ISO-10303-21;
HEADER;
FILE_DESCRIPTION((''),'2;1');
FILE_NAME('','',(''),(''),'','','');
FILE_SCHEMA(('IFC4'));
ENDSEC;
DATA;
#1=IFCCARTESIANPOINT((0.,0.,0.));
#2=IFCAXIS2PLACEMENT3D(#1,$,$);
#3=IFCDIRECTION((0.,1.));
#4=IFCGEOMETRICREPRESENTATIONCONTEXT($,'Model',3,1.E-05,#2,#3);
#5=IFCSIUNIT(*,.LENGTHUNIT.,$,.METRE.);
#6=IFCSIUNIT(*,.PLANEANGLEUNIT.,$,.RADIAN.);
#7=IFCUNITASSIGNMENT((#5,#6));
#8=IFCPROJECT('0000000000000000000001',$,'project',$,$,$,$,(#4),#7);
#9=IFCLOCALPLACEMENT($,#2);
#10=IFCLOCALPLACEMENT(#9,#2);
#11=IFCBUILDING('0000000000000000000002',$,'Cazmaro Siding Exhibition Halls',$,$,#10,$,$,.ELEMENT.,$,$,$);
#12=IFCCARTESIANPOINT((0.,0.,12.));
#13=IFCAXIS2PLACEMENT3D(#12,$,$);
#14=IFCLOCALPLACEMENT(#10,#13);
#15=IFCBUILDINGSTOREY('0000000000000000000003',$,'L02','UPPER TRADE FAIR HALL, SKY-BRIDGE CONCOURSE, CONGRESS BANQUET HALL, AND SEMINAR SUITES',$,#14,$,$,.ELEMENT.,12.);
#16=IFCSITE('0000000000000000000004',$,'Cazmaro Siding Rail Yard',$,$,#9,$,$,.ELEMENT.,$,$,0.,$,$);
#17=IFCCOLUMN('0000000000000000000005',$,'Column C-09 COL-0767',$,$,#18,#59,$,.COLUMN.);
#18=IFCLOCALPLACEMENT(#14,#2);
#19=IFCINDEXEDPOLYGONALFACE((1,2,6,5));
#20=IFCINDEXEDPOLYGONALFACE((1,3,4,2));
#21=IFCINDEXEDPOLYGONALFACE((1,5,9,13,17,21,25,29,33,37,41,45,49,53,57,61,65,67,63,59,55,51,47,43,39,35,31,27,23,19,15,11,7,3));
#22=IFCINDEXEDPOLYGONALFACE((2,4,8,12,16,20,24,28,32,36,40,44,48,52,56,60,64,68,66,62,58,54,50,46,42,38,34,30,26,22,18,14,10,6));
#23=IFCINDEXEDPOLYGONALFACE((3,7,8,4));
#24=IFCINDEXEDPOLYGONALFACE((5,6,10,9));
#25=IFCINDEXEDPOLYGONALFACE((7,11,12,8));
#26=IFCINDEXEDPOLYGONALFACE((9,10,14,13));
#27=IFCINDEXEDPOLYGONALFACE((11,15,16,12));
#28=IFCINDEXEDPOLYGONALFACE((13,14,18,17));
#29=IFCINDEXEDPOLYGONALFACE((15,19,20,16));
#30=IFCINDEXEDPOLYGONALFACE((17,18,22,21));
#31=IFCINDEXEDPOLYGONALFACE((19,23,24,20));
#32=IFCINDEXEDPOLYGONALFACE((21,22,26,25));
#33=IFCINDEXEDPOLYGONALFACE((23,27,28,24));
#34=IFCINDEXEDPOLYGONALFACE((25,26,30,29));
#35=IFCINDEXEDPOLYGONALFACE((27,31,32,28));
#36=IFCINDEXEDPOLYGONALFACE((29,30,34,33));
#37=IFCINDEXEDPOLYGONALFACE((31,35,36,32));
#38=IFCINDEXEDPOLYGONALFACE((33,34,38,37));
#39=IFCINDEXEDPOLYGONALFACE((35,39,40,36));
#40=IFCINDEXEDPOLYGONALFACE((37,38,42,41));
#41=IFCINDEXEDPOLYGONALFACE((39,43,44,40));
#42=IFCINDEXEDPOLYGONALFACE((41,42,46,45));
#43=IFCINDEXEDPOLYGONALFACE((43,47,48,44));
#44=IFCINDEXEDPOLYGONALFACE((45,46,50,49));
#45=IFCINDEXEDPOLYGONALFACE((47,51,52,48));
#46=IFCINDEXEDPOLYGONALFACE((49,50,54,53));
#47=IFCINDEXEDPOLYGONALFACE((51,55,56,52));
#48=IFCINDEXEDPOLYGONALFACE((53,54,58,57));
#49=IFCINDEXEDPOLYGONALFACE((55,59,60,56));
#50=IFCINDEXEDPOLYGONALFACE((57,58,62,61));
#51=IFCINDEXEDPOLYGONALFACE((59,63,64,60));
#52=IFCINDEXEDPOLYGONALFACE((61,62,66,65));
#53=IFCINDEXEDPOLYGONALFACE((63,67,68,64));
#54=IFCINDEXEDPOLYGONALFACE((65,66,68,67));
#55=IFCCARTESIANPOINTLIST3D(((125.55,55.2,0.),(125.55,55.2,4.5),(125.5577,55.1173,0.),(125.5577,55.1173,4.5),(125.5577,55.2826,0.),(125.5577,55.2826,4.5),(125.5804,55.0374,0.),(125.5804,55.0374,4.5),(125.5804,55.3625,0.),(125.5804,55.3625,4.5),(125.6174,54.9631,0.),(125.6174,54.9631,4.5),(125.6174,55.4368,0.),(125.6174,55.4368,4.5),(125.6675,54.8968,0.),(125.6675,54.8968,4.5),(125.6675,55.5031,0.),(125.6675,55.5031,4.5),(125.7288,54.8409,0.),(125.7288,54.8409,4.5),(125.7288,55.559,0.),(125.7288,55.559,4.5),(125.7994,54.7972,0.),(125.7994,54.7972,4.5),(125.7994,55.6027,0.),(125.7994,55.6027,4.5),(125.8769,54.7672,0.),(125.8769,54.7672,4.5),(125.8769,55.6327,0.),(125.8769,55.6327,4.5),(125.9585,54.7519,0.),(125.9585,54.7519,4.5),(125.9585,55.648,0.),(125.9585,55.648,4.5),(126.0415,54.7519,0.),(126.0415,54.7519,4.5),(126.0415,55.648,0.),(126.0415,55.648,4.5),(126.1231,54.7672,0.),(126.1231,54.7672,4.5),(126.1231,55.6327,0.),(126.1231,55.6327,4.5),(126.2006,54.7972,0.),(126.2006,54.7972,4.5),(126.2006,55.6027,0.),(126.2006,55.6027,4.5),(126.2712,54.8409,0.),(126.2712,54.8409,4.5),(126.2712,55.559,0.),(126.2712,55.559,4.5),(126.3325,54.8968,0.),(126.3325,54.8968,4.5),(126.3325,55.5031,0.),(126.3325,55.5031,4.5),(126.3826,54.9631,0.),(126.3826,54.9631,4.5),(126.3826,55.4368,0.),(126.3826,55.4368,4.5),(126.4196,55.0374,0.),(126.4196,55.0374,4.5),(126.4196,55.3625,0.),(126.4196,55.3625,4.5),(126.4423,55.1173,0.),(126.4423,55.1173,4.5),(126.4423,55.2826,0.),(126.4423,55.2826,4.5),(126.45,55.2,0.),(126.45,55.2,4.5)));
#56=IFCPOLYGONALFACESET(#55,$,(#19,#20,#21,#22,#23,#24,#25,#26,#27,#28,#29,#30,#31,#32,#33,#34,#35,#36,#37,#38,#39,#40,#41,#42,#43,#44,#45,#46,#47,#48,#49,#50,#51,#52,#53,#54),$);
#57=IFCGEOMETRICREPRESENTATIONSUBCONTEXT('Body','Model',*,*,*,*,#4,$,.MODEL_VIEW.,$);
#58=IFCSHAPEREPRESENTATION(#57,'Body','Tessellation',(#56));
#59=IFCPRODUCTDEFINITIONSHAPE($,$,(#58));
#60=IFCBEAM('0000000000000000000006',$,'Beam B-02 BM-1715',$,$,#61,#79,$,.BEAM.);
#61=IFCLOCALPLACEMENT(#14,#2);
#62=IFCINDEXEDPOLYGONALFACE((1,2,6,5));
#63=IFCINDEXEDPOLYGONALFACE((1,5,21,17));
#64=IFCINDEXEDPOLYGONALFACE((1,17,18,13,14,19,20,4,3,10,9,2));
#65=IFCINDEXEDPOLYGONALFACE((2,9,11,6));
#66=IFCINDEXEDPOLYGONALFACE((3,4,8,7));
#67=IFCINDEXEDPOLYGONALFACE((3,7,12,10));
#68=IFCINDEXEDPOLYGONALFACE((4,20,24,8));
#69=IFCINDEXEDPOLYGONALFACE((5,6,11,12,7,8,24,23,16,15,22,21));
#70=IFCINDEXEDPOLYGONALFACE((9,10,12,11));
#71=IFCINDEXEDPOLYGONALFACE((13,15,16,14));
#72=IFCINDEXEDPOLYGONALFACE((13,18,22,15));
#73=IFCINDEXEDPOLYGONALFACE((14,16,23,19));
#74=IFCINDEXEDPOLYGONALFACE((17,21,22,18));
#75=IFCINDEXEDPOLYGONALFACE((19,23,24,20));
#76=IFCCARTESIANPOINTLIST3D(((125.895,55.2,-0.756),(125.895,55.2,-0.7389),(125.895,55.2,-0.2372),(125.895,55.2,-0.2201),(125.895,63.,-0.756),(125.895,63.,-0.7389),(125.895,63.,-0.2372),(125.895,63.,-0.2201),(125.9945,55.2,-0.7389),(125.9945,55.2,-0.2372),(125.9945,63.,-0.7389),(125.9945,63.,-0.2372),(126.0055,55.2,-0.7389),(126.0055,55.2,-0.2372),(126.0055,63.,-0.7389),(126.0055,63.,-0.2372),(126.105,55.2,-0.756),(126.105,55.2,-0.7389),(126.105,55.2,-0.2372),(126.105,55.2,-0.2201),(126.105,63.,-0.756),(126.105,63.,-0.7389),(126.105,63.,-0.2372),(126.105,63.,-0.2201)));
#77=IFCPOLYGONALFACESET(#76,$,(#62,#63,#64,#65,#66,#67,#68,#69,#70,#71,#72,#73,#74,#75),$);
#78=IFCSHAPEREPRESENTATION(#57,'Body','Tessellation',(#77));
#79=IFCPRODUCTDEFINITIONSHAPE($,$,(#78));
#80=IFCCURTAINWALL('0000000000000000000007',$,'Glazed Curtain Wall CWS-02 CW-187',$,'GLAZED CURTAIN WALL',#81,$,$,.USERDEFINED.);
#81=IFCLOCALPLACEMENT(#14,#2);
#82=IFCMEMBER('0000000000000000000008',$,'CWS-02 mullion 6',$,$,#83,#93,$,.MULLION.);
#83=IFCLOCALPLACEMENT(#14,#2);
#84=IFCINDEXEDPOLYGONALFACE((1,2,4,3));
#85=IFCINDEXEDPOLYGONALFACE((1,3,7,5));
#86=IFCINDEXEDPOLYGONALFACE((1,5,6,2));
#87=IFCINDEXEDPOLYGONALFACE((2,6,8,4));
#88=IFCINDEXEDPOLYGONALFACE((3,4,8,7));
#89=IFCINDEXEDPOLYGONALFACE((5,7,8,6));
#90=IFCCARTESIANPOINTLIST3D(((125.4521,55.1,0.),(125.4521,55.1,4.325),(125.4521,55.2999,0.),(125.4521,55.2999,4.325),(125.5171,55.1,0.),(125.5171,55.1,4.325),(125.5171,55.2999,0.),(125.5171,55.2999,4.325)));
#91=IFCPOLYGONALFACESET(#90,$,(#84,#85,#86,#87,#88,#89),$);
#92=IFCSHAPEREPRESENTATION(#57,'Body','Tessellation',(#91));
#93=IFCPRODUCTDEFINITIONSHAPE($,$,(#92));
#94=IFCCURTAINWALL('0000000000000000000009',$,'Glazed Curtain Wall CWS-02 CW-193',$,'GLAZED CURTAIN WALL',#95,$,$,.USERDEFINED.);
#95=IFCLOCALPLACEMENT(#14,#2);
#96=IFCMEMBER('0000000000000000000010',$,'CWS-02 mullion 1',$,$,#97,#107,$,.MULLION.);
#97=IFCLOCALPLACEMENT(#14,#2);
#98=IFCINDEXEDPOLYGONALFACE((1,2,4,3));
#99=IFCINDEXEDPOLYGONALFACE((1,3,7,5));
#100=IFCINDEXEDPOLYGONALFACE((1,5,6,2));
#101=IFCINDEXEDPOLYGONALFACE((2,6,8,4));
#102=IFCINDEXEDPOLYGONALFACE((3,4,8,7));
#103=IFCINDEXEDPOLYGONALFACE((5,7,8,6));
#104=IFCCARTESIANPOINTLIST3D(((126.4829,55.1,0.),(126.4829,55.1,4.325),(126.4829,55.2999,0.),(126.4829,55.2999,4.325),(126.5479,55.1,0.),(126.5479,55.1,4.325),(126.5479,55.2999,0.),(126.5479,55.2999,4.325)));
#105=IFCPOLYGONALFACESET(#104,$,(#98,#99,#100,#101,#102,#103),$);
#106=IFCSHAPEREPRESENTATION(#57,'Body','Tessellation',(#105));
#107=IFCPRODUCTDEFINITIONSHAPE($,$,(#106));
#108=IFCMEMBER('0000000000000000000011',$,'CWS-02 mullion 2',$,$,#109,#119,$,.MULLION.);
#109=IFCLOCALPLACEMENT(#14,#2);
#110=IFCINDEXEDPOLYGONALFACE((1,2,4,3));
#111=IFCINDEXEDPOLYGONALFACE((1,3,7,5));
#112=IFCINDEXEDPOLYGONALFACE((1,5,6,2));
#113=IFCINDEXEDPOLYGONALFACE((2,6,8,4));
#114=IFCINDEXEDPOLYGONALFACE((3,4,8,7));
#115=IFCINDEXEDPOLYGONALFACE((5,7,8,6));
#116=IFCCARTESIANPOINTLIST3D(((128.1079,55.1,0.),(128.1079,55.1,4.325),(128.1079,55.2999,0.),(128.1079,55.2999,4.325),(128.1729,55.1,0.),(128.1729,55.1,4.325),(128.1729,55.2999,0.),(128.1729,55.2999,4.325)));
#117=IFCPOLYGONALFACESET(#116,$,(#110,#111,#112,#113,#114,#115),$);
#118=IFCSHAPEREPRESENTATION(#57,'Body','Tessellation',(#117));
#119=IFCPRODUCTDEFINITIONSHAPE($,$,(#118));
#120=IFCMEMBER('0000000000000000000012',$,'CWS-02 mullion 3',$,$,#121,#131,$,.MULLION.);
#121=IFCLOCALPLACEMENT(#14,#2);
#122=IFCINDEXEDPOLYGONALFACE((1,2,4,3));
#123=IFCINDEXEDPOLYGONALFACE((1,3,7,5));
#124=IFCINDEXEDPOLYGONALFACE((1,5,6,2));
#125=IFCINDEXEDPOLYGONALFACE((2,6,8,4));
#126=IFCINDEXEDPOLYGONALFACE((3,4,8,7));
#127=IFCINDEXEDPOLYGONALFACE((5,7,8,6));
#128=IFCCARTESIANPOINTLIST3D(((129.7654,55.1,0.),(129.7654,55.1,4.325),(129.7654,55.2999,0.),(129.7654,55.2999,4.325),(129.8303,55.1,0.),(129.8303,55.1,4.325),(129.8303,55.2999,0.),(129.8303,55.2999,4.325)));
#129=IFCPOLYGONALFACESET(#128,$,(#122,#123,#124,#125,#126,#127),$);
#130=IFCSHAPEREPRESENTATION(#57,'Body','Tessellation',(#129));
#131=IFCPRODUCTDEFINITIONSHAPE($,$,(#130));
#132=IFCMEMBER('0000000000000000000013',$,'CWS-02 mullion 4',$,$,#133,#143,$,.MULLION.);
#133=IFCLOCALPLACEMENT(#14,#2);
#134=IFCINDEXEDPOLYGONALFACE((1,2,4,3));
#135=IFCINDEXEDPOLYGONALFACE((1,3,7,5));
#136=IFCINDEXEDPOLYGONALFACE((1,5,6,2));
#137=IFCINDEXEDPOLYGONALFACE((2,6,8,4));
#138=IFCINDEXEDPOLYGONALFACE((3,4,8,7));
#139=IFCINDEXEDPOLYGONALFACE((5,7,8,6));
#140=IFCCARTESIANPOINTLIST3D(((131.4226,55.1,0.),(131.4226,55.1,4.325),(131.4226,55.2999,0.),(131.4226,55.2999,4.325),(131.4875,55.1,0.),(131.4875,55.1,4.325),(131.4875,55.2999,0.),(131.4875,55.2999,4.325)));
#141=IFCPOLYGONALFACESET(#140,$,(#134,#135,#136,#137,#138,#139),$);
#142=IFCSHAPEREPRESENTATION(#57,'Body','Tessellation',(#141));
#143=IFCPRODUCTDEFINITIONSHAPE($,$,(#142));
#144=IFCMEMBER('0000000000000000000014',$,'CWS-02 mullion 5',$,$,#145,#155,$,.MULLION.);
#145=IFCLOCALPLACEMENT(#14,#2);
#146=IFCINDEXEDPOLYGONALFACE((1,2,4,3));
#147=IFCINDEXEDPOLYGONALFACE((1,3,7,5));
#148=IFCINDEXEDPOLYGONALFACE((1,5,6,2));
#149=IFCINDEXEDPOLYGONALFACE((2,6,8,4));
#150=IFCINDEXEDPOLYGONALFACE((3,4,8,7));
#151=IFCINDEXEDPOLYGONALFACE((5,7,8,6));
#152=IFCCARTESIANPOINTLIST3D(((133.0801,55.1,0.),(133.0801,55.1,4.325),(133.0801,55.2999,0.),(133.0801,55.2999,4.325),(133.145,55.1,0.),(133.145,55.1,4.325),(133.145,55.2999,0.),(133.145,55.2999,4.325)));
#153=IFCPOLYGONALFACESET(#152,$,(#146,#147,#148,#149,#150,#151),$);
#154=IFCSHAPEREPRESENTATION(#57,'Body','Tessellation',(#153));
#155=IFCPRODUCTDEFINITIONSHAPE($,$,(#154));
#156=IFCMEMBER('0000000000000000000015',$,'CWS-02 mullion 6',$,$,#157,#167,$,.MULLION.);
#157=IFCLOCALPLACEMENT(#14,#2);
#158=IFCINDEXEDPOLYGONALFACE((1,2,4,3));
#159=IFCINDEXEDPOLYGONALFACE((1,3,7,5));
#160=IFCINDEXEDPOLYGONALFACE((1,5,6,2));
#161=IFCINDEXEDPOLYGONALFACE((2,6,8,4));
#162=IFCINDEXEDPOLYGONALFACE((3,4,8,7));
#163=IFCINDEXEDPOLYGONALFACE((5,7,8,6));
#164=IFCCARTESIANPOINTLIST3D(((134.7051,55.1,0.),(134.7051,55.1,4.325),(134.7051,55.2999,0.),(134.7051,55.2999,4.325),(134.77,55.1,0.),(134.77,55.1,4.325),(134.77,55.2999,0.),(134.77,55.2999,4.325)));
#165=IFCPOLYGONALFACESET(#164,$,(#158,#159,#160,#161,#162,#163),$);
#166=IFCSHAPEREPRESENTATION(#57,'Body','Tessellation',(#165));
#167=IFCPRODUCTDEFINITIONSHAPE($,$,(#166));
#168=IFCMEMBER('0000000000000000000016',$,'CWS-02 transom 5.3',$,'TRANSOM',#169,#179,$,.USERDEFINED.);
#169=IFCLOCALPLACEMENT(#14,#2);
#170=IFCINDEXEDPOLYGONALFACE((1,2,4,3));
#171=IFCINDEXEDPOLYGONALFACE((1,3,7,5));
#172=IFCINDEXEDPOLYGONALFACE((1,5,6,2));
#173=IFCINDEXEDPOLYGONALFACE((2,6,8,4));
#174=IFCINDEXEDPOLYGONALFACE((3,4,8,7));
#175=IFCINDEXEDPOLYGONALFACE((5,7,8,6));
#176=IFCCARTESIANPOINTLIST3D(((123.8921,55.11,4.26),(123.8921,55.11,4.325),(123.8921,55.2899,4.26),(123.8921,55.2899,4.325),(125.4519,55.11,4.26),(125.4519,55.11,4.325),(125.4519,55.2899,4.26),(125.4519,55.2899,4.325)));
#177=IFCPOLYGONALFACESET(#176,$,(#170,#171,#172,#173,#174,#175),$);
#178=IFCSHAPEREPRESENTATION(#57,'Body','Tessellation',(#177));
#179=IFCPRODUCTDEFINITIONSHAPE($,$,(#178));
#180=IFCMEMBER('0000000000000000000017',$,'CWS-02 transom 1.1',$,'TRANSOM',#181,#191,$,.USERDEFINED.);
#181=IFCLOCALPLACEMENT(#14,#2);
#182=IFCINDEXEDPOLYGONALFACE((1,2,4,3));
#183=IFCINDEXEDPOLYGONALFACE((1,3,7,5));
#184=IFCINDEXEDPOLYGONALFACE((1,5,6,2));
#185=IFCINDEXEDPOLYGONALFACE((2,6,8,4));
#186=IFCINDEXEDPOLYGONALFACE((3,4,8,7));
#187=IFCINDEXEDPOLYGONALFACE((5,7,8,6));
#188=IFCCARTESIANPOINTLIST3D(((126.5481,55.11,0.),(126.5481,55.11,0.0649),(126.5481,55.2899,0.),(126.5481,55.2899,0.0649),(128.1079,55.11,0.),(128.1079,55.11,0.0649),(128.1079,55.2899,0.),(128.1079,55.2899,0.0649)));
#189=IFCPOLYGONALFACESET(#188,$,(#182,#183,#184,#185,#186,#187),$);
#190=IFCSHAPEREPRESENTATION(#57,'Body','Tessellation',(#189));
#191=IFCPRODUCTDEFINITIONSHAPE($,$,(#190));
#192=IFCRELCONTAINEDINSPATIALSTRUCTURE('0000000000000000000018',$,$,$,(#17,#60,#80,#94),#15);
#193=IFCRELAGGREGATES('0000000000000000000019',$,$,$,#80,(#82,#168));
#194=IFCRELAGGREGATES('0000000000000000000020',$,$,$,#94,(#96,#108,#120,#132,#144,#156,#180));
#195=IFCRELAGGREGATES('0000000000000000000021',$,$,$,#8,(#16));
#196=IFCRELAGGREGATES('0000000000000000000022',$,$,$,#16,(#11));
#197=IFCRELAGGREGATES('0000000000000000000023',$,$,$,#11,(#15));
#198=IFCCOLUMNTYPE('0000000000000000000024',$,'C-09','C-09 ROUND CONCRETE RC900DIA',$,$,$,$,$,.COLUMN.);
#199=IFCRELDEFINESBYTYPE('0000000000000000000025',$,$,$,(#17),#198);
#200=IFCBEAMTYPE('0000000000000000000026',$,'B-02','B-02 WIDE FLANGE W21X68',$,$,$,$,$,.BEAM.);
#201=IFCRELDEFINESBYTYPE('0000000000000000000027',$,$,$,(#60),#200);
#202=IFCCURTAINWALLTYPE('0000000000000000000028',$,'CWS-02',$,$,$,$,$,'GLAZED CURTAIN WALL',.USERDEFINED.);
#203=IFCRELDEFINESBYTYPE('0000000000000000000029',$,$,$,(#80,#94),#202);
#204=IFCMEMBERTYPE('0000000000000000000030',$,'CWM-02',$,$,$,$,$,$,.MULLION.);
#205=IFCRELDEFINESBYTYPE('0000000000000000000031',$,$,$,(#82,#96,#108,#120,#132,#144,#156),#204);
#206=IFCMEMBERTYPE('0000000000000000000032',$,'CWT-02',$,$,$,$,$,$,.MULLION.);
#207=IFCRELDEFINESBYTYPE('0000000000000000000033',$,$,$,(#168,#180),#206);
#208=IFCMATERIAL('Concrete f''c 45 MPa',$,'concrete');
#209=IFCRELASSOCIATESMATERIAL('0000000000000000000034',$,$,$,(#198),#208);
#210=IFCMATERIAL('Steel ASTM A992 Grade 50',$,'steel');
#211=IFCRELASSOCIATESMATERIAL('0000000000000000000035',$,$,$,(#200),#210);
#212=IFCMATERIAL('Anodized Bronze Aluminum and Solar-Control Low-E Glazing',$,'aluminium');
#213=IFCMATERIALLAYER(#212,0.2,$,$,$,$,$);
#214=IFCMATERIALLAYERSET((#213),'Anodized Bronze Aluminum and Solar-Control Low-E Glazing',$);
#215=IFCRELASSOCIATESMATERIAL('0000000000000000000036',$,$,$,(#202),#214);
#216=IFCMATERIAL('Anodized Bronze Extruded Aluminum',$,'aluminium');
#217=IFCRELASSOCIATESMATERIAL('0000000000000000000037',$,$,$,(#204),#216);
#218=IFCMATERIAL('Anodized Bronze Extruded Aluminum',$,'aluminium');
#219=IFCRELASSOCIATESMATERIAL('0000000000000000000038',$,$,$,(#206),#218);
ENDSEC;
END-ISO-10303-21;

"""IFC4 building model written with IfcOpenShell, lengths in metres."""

from ifc_helpers import new_model, si_unit, direction, frame, origin, origin_2d, place, context, subcontext, project, spatial, rectangle, circle, i_section, extrude, material, layer, layer_set, material_profile, profile_set, type_object, element, aggregate, save


model = new_model("IFC4")

# Units and contexts
model_context = context("Model", 3, precision=1e-05, world=origin(), true_north=direction((0.0, 1.0)))
body_context = subcontext(model_context, "Body", "Model", "MODEL_VIEW")
ifc_project = project(units=[si_unit("LENGTHUNIT", "METRE"), si_unit("PLANEANGLEUNIT", "RADIAN")], contexts=[model_context])

# Site, building, storey
site_placement = place(None, origin())
site = spatial("IfcSite", under=ifc_project, at=site_placement, Name="Cazmaro Siding Rail Yard", CompositionType="ELEMENT", RefElevation=0.0)
building_placement = place(site_placement, origin())
building = spatial("IfcBuilding", under=site, at=building_placement, Name="Cazmaro Siding Exhibition Halls", CompositionType="ELEMENT")
storey_placement = place(building_placement, frame((0.0, 0.0, 12.0)))
storey = spatial("IfcBuildingStorey", under=building, at=storey_placement, Name="L02", Description="UPPER TRADE FAIR HALL, SKY-BRIDGE CONCOURSE, CONGRESS BANQUET HALL, AND SEMINAR SUITES", CompositionType="ELEMENT", Elevation=12.0)

# Column
ifc_material_1 = material(Name="Concrete f'c 45 MPa", Category="concrete")
ifc_material_profile_1 = material_profile(ifc_material_1, circle(Radius=0.45, at=origin_2d()), Name="RC900DIA")
ifc_profile_set_1 = profile_set([ifc_material_profile_1], Name="Concrete f'c 45 MPa")
column_type = type_object("IfcColumnType", Name="C-09", Description="C-09 ROUND CONCRETE RC900DIA", PredefinedType="COLUMN", material=ifc_profile_set_1)
column_placement = place(storey_placement, frame((126.0, 55.2, 0.0), z_axis=(0.0, 0.0, 1.0), x_axis=(1.0, 0.0, 0.0)))
element("IfcColumn", 1, at=column_placement, inside=storey, type_object=column_type, Name="Column C-09 COL-0767", PredefinedType="COLUMN", context=body_context, shape_type="SweptSolid", body=[
    extrude(circle(Radius=0.45, at=origin_2d()), origin(), (0.0, 0.0, 1.0), 4.5),
])

# Beam
ifc_material_2 = material(Name="Steel ASTM A992 Grade 50", Category="steel")
ifc_material_profile_2 = material_profile(ifc_material_2, i_section(OverallWidth=0.21, OverallDepth=0.5359, WebThickness=0.011, FlangeThickness=0.0171, at=origin_2d()), Name="W21X68")
ifc_profile_set_2 = profile_set([ifc_material_profile_2], Name="Steel ASTM A992 Grade 50")
beam_type_1 = type_object("IfcBeamType", Name="B-02", Description="B-02 WIDE FLANGE W21X68", PredefinedType="BEAM", material=ifc_profile_set_2)
beam_1_placement = place(storey_placement, frame((126.0, 55.2, -0.488), z_axis=(0.0, 1.0, 0.0), x_axis=(-1.0, 0.0, 0.0)))
element("IfcBeam", 2, at=beam_1_placement, inside=storey, type_object=beam_type_1, Name="Beam B-02 BM-1715", PredefinedType="BEAM", context=body_context, shape_type="SweptSolid", body=[
    extrude(i_section(OverallWidth=0.21, OverallDepth=0.5359, WebThickness=0.011, FlangeThickness=0.0171, at=origin_2d()), origin(), (0.0, 0.0, 1.0), 7.8),
])

# Curtain wall, member
ifc_material_3 = material(Name="Anodized Bronze Aluminum and Solar-Control Low-E Glazing", Category="aluminium")
ifc_layer_1 = layer(ifc_material_3, 0.2)
ifc_layer_set_1 = layer_set([ifc_layer_1], Name="Anodized Bronze Aluminum and Solar-Control Low-E Glazing")
curtain_wall_type = type_object("IfcCurtainWallType", Name="CWS-02", ElementType="GLAZED CURTAIN WALL", PredefinedType="USERDEFINED", material=ifc_layer_set_1)
curtain_wall_1_placement = place(storey_placement, origin())
curtain_wall_1 = element("IfcCurtainWall", 3, at=curtain_wall_1_placement, inside=storey, type_object=curtain_wall_type, Name="Glazed Curtain Wall CWS-02 CW-187", ObjectType="GLAZED CURTAIN WALL", PredefinedType="USERDEFINED")
ifc_material_4 = material(Name="Anodized Bronze Extruded Aluminum", Category="aluminium")
ifc_material_profile_3 = material_profile(ifc_material_4, rectangle(XDim=0.2, YDim=0.0649, at=origin_2d()), Name="CWM-02")
ifc_profile_set_3 = profile_set([ifc_material_profile_3], Name="Anodized Bronze Extruded Aluminum")
member_type_1 = type_object("IfcMemberType", Name="CWM-02", PredefinedType="MULLION", material=ifc_profile_set_3)
member_1_placement = place(storey_placement, frame((125.4846, 55.2, 0.0), z_axis=(0.0, 0.0, 1.0), x_axis=(0.0, 1.0, 0.0)))
member_1 = element("IfcMember", 4, at=member_1_placement, type_object=member_type_1, Name="CWS-02 mullion 6", PredefinedType="MULLION", context=body_context, shape_type="SweptSolid", body=[
    extrude(rectangle(XDim=0.2, YDim=0.0649, at=origin_2d()), origin(), (0.0, 0.0, 1.0), 4.325),
])

# Curtain wall, members
curtain_wall_2_placement = place(storey_placement, origin())
curtain_wall_2 = element("IfcCurtainWall", 5, at=curtain_wall_2_placement, inside=storey, type_object=curtain_wall_type, Name="Glazed Curtain Wall CWS-02 CW-193", ObjectType="GLAZED CURTAIN WALL", PredefinedType="USERDEFINED")
member_2_placement = place(storey_placement, frame((126.5154, 55.2, 0.0), z_axis=(0.0, 0.0, 1.0), x_axis=(0.0, 1.0, 0.0)))
member_2 = element("IfcMember", 6, at=member_2_placement, type_object=member_type_1, Name="CWS-02 mullion 1", PredefinedType="MULLION", context=body_context, shape_type="SweptSolid", body=[
    extrude(rectangle(XDim=0.2, YDim=0.0649, at=origin_2d()), origin(), (0.0, 0.0, 1.0), 4.325),
])
member_3_placement = place(storey_placement, frame((128.1404, 55.2, 0.0), z_axis=(0.0, 0.0, 1.0), x_axis=(0.0, 1.0, 0.0)))
member_3 = element("IfcMember", 7, at=member_3_placement, type_object=member_type_1, Name="CWS-02 mullion 2", PredefinedType="MULLION", context=body_context, shape_type="SweptSolid", body=[
    extrude(rectangle(XDim=0.2, YDim=0.0649, at=origin_2d()), origin(), (0.0, 0.0, 1.0), 4.325),
])
member_4_placement = place(storey_placement, frame((129.7979, 55.2, 0.0), z_axis=(0.0, 0.0, 1.0), x_axis=(0.0, 1.0, 0.0)))
member_4 = element("IfcMember", 8, at=member_4_placement, type_object=member_type_1, Name="CWS-02 mullion 3", PredefinedType="MULLION", context=body_context, shape_type="SweptSolid", body=[
    extrude(rectangle(XDim=0.2, YDim=0.0649, at=origin_2d()), origin(), (0.0, 0.0, 1.0), 4.325),
])
member_5_placement = place(storey_placement, frame((131.4551, 55.2, 0.0), z_axis=(0.0, 0.0, 1.0), x_axis=(0.0, 1.0, 0.0)))
member_5 = element("IfcMember", 9, at=member_5_placement, type_object=member_type_1, Name="CWS-02 mullion 4", PredefinedType="MULLION", context=body_context, shape_type="SweptSolid", body=[
    extrude(rectangle(XDim=0.2, YDim=0.0649, at=origin_2d()), origin(), (0.0, 0.0, 1.0), 4.325),
])
member_6_placement = place(storey_placement, frame((133.1125, 55.2, 0.0), z_axis=(0.0, 0.0, 1.0), x_axis=(0.0, 1.0, 0.0)))
member_6 = element("IfcMember", 10, at=member_6_placement, type_object=member_type_1, Name="CWS-02 mullion 5", PredefinedType="MULLION", context=body_context, shape_type="SweptSolid", body=[
    extrude(rectangle(XDim=0.2, YDim=0.0649, at=origin_2d()), origin(), (0.0, 0.0, 1.0), 4.325),
])
member_7_placement = place(storey_placement, frame((134.7375, 55.2, 0.0), z_axis=(0.0, 0.0, 1.0), x_axis=(0.0, 1.0, 0.0)))
member_7 = element("IfcMember", 11, at=member_7_placement, type_object=member_type_1, Name="CWS-02 mullion 6", PredefinedType="MULLION", context=body_context, shape_type="SweptSolid", body=[
    extrude(rectangle(XDim=0.2, YDim=0.0649, at=origin_2d()), origin(), (0.0, 0.0, 1.0), 4.325),
])

# Members
ifc_material_5 = material(Name="Anodized Bronze Extruded Aluminum", Category="aluminium")
ifc_material_profile_4 = material_profile(ifc_material_5, rectangle(XDim=0.1799, YDim=0.0649, at=origin_2d()), Name="CWT-02")
ifc_profile_set_4 = profile_set([ifc_material_profile_4], Name="Anodized Bronze Extruded Aluminum")
member_type_2 = type_object("IfcMemberType", Name="CWT-02", PredefinedType="MULLION", material=ifc_profile_set_4)
member_8_placement = place(storey_placement, frame((123.8921, 55.2, 4.2925), z_axis=(1.0, 0.0, 0.0), x_axis=(0.0, 1.0, 0.0)))
member_8 = element("IfcMember", 12, at=member_8_placement, type_object=member_type_2, Name="CWS-02 transom 5.3", ObjectType="TRANSOM", PredefinedType="USERDEFINED", context=body_context, shape_type="SweptSolid", body=[
    extrude(rectangle(XDim=0.1799, YDim=0.0649, at=origin_2d()), origin(), (0.0, 0.0, 1.0), 1.5598),
])
member_9_placement = place(storey_placement, frame((126.5481, 55.2, 0.0325), z_axis=(1.0, 0.0, 0.0), x_axis=(0.0, 1.0, 0.0)))
member_9 = element("IfcMember", 13, at=member_9_placement, type_object=member_type_2, Name="CWS-02 transom 1.1", ObjectType="TRANSOM", PredefinedType="USERDEFINED", context=body_context, shape_type="SweptSolid", body=[
    extrude(rectangle(XDim=0.1799, YDim=0.0649, at=origin_2d()), origin(), (0.0, 0.0, 1.0), 1.5598),
])

aggregate(curtain_wall_1, [member_1, member_8])
aggregate(curtain_wall_2, [member_2, member_3, member_4, member_5, member_6, member_7, member_9])

save(model, "model.ifc")
